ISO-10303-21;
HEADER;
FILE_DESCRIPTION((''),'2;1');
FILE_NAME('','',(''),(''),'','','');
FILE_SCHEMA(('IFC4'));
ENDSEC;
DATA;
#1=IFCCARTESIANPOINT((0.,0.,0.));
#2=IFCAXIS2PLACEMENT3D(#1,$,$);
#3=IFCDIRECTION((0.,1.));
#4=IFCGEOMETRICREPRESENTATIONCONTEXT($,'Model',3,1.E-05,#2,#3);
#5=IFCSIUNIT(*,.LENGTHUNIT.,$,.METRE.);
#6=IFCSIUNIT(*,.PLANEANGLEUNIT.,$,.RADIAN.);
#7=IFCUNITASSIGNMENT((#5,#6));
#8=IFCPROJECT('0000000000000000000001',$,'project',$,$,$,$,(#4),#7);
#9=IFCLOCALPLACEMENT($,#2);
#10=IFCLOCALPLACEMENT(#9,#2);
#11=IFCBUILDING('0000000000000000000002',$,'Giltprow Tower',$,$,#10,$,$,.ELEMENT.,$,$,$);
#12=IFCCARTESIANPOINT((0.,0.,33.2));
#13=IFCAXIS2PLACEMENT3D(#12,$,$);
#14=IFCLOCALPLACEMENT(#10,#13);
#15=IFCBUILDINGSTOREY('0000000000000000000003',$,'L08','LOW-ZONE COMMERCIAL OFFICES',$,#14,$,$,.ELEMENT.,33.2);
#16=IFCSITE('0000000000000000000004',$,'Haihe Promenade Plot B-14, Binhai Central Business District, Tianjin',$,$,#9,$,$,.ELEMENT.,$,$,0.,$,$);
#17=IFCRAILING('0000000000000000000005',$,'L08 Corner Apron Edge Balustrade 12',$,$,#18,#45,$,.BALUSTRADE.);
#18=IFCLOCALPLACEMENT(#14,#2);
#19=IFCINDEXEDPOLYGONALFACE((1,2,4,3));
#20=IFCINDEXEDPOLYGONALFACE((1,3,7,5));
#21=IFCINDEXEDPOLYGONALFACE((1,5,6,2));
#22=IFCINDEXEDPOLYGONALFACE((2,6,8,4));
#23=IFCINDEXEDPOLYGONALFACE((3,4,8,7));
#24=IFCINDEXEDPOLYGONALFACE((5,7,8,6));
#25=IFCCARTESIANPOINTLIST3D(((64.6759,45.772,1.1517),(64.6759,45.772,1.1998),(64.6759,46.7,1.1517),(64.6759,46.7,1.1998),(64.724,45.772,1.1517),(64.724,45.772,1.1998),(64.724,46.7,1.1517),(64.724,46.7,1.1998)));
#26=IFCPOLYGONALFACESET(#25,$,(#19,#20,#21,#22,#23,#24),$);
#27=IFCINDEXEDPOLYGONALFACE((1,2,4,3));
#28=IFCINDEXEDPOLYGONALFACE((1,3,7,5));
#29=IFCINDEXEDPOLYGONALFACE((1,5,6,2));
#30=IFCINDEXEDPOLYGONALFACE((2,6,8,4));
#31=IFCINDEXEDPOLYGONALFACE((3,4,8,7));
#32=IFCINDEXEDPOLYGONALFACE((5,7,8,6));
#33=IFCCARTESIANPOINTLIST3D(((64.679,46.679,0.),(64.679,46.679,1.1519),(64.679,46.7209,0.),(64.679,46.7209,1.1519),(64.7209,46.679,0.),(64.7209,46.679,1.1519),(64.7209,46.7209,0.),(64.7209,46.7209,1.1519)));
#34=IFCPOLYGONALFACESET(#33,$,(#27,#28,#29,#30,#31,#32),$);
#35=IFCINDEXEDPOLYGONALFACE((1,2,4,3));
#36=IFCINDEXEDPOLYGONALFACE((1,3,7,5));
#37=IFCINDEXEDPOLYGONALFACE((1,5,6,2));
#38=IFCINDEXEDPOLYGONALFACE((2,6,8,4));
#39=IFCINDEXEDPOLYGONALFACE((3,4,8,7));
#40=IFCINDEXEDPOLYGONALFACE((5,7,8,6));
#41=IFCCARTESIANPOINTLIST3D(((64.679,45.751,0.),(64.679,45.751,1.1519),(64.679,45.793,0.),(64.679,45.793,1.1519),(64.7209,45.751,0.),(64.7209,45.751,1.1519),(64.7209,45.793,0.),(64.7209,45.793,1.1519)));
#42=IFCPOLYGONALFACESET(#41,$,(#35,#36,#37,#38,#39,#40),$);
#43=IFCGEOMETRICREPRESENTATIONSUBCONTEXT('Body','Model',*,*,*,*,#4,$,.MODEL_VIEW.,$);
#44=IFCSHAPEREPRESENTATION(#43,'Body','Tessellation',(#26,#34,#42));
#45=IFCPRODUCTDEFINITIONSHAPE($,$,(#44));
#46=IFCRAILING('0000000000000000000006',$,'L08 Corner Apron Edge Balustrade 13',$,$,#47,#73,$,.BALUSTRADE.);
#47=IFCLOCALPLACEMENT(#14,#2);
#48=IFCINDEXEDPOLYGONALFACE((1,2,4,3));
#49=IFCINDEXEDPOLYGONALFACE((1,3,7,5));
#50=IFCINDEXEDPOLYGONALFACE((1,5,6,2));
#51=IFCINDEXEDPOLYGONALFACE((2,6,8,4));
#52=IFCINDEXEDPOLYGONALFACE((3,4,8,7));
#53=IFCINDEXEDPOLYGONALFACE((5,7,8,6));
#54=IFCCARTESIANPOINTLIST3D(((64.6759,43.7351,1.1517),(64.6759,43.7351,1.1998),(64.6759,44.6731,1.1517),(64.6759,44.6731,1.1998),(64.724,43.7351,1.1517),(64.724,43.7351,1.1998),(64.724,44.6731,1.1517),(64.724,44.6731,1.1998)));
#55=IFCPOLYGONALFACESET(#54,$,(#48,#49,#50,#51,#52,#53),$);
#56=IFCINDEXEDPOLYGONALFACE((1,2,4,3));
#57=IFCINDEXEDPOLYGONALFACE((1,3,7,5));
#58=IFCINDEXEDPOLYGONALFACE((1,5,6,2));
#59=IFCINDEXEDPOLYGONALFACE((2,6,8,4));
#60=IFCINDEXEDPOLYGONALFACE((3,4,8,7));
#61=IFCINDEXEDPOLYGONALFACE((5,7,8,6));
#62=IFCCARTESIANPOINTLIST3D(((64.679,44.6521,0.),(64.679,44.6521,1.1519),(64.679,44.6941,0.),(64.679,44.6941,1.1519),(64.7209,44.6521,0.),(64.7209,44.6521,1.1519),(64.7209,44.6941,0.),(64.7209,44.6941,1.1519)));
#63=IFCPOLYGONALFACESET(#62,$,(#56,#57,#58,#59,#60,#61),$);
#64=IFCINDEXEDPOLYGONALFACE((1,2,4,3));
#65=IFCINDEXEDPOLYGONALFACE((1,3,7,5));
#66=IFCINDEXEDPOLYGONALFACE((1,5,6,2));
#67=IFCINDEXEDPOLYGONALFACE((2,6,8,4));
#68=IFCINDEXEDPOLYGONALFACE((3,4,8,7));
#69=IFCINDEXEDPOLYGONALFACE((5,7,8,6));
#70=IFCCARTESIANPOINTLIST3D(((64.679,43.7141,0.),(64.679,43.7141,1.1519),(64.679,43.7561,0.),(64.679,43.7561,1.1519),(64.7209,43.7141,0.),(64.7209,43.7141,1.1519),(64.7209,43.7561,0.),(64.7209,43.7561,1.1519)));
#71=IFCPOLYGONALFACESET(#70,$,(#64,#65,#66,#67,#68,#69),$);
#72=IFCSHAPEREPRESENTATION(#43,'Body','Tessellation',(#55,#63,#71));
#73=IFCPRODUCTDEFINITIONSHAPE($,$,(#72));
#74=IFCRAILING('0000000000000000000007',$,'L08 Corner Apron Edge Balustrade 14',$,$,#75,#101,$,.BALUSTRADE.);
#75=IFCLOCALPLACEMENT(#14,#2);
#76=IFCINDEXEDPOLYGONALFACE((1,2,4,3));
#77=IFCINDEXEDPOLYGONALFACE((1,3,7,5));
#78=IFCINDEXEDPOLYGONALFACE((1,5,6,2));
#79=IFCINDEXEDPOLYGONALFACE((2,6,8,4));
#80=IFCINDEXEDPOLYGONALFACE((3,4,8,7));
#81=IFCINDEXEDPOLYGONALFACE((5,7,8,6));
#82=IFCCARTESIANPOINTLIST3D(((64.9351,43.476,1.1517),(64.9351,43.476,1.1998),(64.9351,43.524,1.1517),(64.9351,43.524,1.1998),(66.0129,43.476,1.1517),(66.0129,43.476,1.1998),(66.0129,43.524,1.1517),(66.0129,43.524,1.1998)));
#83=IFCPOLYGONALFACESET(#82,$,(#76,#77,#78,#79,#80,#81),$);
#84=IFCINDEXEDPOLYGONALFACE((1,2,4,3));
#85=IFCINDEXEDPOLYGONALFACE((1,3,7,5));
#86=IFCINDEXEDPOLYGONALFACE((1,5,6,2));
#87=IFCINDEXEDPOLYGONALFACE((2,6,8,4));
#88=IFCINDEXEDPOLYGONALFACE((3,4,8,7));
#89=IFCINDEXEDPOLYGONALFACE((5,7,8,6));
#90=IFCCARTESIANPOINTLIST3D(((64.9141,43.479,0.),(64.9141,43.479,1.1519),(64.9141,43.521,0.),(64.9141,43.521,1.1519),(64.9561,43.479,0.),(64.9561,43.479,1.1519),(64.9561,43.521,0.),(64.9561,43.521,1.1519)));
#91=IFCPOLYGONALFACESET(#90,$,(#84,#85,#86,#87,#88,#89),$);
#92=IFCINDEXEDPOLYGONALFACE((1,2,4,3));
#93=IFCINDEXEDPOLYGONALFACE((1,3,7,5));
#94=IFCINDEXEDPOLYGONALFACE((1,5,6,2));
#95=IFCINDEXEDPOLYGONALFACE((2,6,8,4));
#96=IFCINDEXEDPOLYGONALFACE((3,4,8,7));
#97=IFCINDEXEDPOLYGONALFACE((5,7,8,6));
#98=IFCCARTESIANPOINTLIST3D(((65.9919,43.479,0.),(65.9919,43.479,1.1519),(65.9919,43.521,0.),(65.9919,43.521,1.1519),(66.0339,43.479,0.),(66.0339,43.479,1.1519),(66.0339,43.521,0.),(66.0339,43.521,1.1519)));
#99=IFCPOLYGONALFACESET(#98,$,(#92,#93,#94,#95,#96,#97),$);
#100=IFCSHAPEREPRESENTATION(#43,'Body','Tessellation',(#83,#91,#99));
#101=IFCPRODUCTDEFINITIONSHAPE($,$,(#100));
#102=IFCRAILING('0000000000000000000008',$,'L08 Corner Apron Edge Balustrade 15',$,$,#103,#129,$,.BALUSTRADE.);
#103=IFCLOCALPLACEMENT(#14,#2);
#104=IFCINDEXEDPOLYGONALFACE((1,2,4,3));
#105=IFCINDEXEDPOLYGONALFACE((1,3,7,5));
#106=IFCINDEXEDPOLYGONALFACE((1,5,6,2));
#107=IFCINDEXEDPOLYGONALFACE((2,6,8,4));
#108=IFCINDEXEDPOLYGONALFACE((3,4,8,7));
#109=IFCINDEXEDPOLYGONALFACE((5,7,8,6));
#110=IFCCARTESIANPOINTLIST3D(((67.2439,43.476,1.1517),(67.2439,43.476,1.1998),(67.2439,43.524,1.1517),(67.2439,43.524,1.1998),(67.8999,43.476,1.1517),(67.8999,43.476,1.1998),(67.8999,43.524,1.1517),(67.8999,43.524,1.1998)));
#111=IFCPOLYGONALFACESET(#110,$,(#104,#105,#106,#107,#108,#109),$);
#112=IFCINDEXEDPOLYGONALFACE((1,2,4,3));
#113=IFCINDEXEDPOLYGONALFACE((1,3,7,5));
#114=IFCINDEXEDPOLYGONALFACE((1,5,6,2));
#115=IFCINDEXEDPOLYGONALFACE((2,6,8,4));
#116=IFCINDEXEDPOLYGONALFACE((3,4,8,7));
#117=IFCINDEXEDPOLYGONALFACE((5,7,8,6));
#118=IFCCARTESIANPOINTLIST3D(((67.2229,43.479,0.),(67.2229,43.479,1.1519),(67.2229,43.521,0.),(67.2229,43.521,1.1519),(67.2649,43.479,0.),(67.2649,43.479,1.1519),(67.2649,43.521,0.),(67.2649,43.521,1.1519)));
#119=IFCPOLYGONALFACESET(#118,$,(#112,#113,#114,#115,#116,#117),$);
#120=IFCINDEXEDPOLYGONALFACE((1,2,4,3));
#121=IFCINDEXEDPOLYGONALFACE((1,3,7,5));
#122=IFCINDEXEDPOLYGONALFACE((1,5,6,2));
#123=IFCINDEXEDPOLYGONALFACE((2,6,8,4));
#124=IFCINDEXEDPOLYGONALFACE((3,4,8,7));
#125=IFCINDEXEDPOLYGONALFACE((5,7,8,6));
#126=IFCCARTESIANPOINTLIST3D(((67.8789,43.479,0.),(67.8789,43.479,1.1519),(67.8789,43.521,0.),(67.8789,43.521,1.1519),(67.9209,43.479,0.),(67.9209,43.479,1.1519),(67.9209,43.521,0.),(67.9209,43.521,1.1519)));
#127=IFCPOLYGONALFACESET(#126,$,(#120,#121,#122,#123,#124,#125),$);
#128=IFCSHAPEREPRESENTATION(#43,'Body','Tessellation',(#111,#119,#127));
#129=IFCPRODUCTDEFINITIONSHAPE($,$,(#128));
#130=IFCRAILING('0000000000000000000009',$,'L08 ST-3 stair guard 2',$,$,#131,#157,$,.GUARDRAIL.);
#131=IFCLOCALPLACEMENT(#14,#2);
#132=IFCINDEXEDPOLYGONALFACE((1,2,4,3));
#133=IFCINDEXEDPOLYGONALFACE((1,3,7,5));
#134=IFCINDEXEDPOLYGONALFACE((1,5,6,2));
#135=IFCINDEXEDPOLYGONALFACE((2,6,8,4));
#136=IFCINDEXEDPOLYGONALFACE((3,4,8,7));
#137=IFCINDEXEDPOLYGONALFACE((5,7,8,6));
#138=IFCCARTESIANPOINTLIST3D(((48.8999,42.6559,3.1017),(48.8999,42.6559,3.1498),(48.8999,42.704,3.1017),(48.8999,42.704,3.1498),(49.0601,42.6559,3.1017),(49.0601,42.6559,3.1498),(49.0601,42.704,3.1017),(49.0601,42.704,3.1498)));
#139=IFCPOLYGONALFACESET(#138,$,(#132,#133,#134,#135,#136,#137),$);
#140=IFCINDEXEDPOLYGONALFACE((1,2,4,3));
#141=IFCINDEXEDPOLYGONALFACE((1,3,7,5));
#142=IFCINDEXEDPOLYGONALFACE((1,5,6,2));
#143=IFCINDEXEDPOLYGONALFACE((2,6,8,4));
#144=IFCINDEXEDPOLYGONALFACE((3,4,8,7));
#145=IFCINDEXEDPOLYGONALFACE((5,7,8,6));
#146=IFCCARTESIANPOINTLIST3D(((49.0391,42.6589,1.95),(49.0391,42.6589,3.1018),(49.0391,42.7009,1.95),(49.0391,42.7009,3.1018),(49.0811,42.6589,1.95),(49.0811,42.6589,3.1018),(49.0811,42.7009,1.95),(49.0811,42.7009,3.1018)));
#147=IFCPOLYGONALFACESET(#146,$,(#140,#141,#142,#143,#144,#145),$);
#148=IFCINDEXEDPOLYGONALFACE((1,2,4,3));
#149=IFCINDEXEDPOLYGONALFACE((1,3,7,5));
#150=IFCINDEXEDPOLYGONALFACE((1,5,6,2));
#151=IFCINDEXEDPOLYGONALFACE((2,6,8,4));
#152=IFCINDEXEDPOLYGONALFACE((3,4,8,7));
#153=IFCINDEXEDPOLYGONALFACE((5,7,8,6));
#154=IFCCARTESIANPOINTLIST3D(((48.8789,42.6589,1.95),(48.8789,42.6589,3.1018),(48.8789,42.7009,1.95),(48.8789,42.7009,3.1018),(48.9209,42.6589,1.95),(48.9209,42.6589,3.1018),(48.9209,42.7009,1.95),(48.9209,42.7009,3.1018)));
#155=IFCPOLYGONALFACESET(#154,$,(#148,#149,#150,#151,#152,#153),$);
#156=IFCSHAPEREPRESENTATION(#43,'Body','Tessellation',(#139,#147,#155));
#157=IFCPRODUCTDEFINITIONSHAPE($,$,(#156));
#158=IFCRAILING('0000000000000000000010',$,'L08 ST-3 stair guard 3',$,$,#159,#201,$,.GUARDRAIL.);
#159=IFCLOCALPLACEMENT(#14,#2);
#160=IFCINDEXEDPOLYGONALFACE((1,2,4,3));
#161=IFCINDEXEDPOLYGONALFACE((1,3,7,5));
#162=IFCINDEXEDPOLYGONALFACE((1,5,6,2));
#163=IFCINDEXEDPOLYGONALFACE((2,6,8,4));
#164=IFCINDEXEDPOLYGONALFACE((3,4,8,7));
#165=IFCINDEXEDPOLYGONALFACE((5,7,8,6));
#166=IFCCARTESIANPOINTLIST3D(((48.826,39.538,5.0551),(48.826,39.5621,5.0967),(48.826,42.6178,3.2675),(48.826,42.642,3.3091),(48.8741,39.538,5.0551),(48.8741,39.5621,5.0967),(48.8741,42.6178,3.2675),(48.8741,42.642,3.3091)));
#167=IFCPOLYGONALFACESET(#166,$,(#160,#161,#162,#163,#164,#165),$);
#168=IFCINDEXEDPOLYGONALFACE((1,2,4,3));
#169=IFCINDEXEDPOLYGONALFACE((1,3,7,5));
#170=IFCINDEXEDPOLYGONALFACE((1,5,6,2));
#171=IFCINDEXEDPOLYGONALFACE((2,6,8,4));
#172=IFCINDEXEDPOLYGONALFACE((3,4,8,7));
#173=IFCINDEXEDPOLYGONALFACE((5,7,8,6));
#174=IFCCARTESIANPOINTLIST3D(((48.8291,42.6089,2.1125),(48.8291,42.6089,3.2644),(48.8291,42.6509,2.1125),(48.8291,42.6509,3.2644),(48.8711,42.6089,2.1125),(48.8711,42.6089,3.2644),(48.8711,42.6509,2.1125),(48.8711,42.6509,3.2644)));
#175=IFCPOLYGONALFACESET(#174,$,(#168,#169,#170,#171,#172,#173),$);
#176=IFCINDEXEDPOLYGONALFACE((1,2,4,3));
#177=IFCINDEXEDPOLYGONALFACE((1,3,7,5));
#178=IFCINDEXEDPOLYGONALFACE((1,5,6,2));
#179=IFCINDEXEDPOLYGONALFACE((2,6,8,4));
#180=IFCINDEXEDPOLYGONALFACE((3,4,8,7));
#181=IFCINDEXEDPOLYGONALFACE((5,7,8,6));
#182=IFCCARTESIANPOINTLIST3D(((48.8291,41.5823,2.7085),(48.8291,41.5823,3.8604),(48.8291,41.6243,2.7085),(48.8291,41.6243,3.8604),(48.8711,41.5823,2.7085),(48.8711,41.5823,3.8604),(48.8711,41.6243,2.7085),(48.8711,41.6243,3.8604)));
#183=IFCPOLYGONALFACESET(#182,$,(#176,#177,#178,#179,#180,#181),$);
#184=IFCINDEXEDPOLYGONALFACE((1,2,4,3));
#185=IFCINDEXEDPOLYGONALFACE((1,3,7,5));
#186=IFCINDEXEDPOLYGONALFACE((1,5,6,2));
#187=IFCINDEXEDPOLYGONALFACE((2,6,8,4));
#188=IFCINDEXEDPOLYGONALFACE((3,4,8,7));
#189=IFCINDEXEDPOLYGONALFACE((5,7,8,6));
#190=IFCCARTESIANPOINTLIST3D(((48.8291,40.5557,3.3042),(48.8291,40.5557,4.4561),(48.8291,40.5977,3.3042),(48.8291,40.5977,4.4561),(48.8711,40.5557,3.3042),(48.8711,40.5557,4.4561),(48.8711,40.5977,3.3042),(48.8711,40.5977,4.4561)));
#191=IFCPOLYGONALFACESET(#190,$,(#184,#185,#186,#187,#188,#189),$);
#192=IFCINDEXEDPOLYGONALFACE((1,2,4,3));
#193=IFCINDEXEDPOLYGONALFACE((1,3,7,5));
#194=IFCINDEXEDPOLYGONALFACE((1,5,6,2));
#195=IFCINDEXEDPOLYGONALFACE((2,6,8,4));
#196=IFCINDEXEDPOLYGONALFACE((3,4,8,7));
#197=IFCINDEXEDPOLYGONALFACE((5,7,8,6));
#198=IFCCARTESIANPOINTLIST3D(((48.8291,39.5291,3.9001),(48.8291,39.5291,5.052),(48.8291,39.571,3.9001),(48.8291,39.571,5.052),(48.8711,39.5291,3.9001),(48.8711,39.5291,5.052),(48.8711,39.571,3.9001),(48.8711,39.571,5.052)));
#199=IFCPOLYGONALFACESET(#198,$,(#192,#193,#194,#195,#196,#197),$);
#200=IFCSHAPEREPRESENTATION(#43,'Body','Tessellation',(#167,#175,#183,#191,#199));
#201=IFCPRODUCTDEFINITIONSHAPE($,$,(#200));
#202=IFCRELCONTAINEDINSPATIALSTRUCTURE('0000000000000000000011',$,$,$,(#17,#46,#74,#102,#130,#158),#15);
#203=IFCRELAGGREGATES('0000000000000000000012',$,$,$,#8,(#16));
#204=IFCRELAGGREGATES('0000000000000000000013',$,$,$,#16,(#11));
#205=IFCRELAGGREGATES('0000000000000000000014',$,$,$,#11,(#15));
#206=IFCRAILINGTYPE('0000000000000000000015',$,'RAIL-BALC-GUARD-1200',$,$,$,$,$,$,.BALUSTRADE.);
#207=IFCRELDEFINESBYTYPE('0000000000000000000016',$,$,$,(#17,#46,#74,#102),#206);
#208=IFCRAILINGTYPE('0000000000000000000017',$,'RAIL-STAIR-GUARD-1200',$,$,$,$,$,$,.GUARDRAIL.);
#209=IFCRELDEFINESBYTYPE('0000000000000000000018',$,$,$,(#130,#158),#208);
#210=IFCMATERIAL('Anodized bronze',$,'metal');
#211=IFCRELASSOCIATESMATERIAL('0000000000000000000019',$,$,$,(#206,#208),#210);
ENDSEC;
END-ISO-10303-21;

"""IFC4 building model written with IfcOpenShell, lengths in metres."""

from ifc_helpers import new_model, si_unit, direction, frame, origin, origin_2d, place, context, subcontext, project, spatial, rectangle, extrude, material, type_object, element, save


model = new_model("IFC4")

# Units and contexts
model_context = context("Model", 3, precision=1e-05, world=origin(), true_north=direction((0.0, 1.0)))
body_context = subcontext(model_context, "Body", "Model", "MODEL_VIEW")
ifc_project = project(units=[si_unit("LENGTHUNIT", "METRE"), si_unit("PLANEANGLEUNIT", "RADIAN")], contexts=[model_context])

# Site, building, storey
site_placement = place(None, origin())
site = spatial("IfcSite", under=ifc_project, at=site_placement, Name="Haihe Promenade Plot B-14, Binhai Central Business District, Tianjin", CompositionType="ELEMENT", RefElevation=0.0)
building_placement = place(site_placement, origin())
building = spatial("IfcBuilding", under=site, at=building_placement, Name="Giltprow Tower", CompositionType="ELEMENT")
storey_placement = place(building_placement, frame((0.0, 0.0, 33.2)))
storey = spatial("IfcBuildingStorey", under=building, at=storey_placement, Name="L08", Description="LOW-ZONE COMMERCIAL OFFICES", CompositionType="ELEMENT", Elevation=33.2)

# Railings
ifc_material_1 = material(Name="Anodized bronze", Category="metal")
railing_type_1 = type_object("IfcRailingType", Name="RAIL-BALC-GUARD-1200", PredefinedType="BALUSTRADE", material=ifc_material_1)
railing_1_placement = place(storey_placement, frame((64.7, 46.7, 0.0)))
element("IfcRailing", 1, at=railing_1_placement, inside=storey, type_object=railing_type_1, Name="L08 Corner Apron Edge Balustrade 12", PredefinedType="BALUSTRADE", context=body_context, shape_type="SweptSolid", body=[
    extrude(rectangle(XDim=0.0481, YDim=0.0481, at=origin_2d()), frame((0.0, 0.0, 1.1758), z_axis=(0.0, -1.0, 0.0), x_axis=(1.0, 0.0, 0.0)), (0.0, 0.0, 1.0), 0.928),
    extrude(rectangle(XDim=0.042, YDim=0.042, at=origin_2d()), origin(), (0.0, 0.0, 1.0), 1.1519),
    extrude(rectangle(XDim=0.042, YDim=0.042, at=origin_2d()), frame((0.0, -0.928, 0.0)), (0.0, 0.0, 1.0), 1.1519),
])
railing_2_placement = place(storey_placement, frame((64.7, 44.6731, 0.0)))
element("IfcRailing", 2, at=railing_2_placement, inside=storey, type_object=railing_type_1, Name="L08 Corner Apron Edge Balustrade 13", PredefinedType="BALUSTRADE", context=body_context, shape_type="SweptSolid", body=[
    extrude(rectangle(XDim=0.0481, YDim=0.0481, at=origin_2d()), frame((0.0, 0.0, 1.1758), z_axis=(0.0, -1.0, 0.0), x_axis=(1.0, 0.0, 0.0)), (0.0, 0.0, 1.0), 0.938),
    extrude(rectangle(XDim=0.042, YDim=0.042, at=origin_2d()), origin(), (0.0, 0.0, 1.0), 1.1519),
    extrude(rectangle(XDim=0.042, YDim=0.042, at=origin_2d()), frame((0.0, -0.938, 0.0)), (0.0, 0.0, 1.0), 1.1519),
])
railing_3_placement = place(storey_placement, frame((64.9351, 43.5, 0.0)))
element("IfcRailing", 3, at=railing_3_placement, inside=storey, type_object=railing_type_1, Name="L08 Corner Apron Edge Balustrade 14", PredefinedType="BALUSTRADE", context=body_context, shape_type="SweptSolid", body=[
    extrude(rectangle(XDim=0.0481, YDim=0.0481, at=origin_2d()), frame((0.0, 0.0, 1.1758), z_axis=(1.0, 0.0, 0.0), x_axis=(0.0, 1.0, 0.0)), (0.0, 0.0, 1.0), 1.0779),
    extrude(rectangle(XDim=0.042, YDim=0.042, at=origin_2d()), origin(), (0.0, 0.0, 1.0), 1.1519),
    extrude(rectangle(XDim=0.042, YDim=0.042, at=origin_2d()), frame((1.0779, 0.0, 0.0)), (0.0, 0.0, 1.0), 1.1519),
])
railing_4_placement = place(storey_placement, frame((67.2439, 43.5, 0.0)))
element("IfcRailing", 4, at=railing_4_placement, inside=storey, type_object=railing_type_1, Name="L08 Corner Apron Edge Balustrade 15", PredefinedType="BALUSTRADE", context=body_context, shape_type="SweptSolid", body=[
    extrude(rectangle(XDim=0.0481, YDim=0.0481, at=origin_2d()), frame((0.0, 0.0, 1.1758), z_axis=(1.0, 0.0, 0.0), x_axis=(0.0, 1.0, 0.0)), (0.0, 0.0, 1.0), 0.656),
    extrude(rectangle(XDim=0.042, YDim=0.042, at=origin_2d()), origin(), (0.0, 0.0, 1.0), 1.1519),
    extrude(rectangle(XDim=0.042, YDim=0.042, at=origin_2d()), frame((0.656, 0.0, 0.0)), (0.0, 0.0, 1.0), 1.1519),
])
railing_type_2 = type_object("IfcRailingType", Name="RAIL-STAIR-GUARD-1200", PredefinedType="GUARDRAIL", material=ifc_material_1)
railing_5_placement = place(storey_placement, frame((49.0601, 42.6799, 1.95)))
element("IfcRailing", 5, at=railing_5_placement, inside=storey, type_object=railing_type_2, Name="L08 ST-3 stair guard 2", PredefinedType="GUARDRAIL", context=body_context, shape_type="SweptSolid", body=[
    extrude(rectangle(XDim=0.0481, YDim=0.0481, at=origin_2d()), frame((0.0, 0.0, 1.1758), z_axis=(-1.0, 0.0, 0.0), x_axis=(0.0, -1.0, 0.0)), (0.0, 0.0, 1.0), 0.1602),
    extrude(rectangle(XDim=0.042, YDim=0.042, at=origin_2d()), origin(), (0.0, 0.0, 1.0), 1.1519),
    extrude(rectangle(XDim=0.042, YDim=0.042, at=origin_2d()), frame((-0.1602, 0.0, 0.0)), (0.0, 0.0, 1.0), 1.1519),
])
railing_6_placement = place(storey_placement, frame((48.8501, 42.6299, 2.1125)))
element("IfcRailing", 6, at=railing_6_placement, inside=storey, type_object=railing_type_2, Name="L08 ST-3 stair guard 3", PredefinedType="GUARDRAIL", context=body_context, shape_type="SweptSolid", body=[
    extrude(rectangle(XDim=0.0481, YDim=0.0481, at=origin_2d()), frame((0.0, 0.0, 1.1758), z_axis=(0.0, -0.864873, 0.50199), x_axis=(1.0, 0.0, 0.0)), (0.0, 0.0, 1.0), 3.561),
    extrude(rectangle(XDim=0.042, YDim=0.042, at=origin_2d()), origin(), (0.0, 0.0, 1.0), 1.1519),
    extrude(rectangle(XDim=0.042, YDim=0.042, at=origin_2d()), frame((0.0, -1.0266, 0.5959)), (0.0, 0.0, 1.0), 1.1519),
    extrude(rectangle(XDim=0.042, YDim=0.042, at=origin_2d()), frame((0.0, -2.0532, 1.1917)), (0.0, 0.0, 1.0), 1.1519),
    extrude(rectangle(XDim=0.042, YDim=0.042, at=origin_2d()), frame((0.0, -3.0798, 1.7876)), (0.0, 0.0, 1.0), 1.1519),
])

save(model, "model.ifc")
